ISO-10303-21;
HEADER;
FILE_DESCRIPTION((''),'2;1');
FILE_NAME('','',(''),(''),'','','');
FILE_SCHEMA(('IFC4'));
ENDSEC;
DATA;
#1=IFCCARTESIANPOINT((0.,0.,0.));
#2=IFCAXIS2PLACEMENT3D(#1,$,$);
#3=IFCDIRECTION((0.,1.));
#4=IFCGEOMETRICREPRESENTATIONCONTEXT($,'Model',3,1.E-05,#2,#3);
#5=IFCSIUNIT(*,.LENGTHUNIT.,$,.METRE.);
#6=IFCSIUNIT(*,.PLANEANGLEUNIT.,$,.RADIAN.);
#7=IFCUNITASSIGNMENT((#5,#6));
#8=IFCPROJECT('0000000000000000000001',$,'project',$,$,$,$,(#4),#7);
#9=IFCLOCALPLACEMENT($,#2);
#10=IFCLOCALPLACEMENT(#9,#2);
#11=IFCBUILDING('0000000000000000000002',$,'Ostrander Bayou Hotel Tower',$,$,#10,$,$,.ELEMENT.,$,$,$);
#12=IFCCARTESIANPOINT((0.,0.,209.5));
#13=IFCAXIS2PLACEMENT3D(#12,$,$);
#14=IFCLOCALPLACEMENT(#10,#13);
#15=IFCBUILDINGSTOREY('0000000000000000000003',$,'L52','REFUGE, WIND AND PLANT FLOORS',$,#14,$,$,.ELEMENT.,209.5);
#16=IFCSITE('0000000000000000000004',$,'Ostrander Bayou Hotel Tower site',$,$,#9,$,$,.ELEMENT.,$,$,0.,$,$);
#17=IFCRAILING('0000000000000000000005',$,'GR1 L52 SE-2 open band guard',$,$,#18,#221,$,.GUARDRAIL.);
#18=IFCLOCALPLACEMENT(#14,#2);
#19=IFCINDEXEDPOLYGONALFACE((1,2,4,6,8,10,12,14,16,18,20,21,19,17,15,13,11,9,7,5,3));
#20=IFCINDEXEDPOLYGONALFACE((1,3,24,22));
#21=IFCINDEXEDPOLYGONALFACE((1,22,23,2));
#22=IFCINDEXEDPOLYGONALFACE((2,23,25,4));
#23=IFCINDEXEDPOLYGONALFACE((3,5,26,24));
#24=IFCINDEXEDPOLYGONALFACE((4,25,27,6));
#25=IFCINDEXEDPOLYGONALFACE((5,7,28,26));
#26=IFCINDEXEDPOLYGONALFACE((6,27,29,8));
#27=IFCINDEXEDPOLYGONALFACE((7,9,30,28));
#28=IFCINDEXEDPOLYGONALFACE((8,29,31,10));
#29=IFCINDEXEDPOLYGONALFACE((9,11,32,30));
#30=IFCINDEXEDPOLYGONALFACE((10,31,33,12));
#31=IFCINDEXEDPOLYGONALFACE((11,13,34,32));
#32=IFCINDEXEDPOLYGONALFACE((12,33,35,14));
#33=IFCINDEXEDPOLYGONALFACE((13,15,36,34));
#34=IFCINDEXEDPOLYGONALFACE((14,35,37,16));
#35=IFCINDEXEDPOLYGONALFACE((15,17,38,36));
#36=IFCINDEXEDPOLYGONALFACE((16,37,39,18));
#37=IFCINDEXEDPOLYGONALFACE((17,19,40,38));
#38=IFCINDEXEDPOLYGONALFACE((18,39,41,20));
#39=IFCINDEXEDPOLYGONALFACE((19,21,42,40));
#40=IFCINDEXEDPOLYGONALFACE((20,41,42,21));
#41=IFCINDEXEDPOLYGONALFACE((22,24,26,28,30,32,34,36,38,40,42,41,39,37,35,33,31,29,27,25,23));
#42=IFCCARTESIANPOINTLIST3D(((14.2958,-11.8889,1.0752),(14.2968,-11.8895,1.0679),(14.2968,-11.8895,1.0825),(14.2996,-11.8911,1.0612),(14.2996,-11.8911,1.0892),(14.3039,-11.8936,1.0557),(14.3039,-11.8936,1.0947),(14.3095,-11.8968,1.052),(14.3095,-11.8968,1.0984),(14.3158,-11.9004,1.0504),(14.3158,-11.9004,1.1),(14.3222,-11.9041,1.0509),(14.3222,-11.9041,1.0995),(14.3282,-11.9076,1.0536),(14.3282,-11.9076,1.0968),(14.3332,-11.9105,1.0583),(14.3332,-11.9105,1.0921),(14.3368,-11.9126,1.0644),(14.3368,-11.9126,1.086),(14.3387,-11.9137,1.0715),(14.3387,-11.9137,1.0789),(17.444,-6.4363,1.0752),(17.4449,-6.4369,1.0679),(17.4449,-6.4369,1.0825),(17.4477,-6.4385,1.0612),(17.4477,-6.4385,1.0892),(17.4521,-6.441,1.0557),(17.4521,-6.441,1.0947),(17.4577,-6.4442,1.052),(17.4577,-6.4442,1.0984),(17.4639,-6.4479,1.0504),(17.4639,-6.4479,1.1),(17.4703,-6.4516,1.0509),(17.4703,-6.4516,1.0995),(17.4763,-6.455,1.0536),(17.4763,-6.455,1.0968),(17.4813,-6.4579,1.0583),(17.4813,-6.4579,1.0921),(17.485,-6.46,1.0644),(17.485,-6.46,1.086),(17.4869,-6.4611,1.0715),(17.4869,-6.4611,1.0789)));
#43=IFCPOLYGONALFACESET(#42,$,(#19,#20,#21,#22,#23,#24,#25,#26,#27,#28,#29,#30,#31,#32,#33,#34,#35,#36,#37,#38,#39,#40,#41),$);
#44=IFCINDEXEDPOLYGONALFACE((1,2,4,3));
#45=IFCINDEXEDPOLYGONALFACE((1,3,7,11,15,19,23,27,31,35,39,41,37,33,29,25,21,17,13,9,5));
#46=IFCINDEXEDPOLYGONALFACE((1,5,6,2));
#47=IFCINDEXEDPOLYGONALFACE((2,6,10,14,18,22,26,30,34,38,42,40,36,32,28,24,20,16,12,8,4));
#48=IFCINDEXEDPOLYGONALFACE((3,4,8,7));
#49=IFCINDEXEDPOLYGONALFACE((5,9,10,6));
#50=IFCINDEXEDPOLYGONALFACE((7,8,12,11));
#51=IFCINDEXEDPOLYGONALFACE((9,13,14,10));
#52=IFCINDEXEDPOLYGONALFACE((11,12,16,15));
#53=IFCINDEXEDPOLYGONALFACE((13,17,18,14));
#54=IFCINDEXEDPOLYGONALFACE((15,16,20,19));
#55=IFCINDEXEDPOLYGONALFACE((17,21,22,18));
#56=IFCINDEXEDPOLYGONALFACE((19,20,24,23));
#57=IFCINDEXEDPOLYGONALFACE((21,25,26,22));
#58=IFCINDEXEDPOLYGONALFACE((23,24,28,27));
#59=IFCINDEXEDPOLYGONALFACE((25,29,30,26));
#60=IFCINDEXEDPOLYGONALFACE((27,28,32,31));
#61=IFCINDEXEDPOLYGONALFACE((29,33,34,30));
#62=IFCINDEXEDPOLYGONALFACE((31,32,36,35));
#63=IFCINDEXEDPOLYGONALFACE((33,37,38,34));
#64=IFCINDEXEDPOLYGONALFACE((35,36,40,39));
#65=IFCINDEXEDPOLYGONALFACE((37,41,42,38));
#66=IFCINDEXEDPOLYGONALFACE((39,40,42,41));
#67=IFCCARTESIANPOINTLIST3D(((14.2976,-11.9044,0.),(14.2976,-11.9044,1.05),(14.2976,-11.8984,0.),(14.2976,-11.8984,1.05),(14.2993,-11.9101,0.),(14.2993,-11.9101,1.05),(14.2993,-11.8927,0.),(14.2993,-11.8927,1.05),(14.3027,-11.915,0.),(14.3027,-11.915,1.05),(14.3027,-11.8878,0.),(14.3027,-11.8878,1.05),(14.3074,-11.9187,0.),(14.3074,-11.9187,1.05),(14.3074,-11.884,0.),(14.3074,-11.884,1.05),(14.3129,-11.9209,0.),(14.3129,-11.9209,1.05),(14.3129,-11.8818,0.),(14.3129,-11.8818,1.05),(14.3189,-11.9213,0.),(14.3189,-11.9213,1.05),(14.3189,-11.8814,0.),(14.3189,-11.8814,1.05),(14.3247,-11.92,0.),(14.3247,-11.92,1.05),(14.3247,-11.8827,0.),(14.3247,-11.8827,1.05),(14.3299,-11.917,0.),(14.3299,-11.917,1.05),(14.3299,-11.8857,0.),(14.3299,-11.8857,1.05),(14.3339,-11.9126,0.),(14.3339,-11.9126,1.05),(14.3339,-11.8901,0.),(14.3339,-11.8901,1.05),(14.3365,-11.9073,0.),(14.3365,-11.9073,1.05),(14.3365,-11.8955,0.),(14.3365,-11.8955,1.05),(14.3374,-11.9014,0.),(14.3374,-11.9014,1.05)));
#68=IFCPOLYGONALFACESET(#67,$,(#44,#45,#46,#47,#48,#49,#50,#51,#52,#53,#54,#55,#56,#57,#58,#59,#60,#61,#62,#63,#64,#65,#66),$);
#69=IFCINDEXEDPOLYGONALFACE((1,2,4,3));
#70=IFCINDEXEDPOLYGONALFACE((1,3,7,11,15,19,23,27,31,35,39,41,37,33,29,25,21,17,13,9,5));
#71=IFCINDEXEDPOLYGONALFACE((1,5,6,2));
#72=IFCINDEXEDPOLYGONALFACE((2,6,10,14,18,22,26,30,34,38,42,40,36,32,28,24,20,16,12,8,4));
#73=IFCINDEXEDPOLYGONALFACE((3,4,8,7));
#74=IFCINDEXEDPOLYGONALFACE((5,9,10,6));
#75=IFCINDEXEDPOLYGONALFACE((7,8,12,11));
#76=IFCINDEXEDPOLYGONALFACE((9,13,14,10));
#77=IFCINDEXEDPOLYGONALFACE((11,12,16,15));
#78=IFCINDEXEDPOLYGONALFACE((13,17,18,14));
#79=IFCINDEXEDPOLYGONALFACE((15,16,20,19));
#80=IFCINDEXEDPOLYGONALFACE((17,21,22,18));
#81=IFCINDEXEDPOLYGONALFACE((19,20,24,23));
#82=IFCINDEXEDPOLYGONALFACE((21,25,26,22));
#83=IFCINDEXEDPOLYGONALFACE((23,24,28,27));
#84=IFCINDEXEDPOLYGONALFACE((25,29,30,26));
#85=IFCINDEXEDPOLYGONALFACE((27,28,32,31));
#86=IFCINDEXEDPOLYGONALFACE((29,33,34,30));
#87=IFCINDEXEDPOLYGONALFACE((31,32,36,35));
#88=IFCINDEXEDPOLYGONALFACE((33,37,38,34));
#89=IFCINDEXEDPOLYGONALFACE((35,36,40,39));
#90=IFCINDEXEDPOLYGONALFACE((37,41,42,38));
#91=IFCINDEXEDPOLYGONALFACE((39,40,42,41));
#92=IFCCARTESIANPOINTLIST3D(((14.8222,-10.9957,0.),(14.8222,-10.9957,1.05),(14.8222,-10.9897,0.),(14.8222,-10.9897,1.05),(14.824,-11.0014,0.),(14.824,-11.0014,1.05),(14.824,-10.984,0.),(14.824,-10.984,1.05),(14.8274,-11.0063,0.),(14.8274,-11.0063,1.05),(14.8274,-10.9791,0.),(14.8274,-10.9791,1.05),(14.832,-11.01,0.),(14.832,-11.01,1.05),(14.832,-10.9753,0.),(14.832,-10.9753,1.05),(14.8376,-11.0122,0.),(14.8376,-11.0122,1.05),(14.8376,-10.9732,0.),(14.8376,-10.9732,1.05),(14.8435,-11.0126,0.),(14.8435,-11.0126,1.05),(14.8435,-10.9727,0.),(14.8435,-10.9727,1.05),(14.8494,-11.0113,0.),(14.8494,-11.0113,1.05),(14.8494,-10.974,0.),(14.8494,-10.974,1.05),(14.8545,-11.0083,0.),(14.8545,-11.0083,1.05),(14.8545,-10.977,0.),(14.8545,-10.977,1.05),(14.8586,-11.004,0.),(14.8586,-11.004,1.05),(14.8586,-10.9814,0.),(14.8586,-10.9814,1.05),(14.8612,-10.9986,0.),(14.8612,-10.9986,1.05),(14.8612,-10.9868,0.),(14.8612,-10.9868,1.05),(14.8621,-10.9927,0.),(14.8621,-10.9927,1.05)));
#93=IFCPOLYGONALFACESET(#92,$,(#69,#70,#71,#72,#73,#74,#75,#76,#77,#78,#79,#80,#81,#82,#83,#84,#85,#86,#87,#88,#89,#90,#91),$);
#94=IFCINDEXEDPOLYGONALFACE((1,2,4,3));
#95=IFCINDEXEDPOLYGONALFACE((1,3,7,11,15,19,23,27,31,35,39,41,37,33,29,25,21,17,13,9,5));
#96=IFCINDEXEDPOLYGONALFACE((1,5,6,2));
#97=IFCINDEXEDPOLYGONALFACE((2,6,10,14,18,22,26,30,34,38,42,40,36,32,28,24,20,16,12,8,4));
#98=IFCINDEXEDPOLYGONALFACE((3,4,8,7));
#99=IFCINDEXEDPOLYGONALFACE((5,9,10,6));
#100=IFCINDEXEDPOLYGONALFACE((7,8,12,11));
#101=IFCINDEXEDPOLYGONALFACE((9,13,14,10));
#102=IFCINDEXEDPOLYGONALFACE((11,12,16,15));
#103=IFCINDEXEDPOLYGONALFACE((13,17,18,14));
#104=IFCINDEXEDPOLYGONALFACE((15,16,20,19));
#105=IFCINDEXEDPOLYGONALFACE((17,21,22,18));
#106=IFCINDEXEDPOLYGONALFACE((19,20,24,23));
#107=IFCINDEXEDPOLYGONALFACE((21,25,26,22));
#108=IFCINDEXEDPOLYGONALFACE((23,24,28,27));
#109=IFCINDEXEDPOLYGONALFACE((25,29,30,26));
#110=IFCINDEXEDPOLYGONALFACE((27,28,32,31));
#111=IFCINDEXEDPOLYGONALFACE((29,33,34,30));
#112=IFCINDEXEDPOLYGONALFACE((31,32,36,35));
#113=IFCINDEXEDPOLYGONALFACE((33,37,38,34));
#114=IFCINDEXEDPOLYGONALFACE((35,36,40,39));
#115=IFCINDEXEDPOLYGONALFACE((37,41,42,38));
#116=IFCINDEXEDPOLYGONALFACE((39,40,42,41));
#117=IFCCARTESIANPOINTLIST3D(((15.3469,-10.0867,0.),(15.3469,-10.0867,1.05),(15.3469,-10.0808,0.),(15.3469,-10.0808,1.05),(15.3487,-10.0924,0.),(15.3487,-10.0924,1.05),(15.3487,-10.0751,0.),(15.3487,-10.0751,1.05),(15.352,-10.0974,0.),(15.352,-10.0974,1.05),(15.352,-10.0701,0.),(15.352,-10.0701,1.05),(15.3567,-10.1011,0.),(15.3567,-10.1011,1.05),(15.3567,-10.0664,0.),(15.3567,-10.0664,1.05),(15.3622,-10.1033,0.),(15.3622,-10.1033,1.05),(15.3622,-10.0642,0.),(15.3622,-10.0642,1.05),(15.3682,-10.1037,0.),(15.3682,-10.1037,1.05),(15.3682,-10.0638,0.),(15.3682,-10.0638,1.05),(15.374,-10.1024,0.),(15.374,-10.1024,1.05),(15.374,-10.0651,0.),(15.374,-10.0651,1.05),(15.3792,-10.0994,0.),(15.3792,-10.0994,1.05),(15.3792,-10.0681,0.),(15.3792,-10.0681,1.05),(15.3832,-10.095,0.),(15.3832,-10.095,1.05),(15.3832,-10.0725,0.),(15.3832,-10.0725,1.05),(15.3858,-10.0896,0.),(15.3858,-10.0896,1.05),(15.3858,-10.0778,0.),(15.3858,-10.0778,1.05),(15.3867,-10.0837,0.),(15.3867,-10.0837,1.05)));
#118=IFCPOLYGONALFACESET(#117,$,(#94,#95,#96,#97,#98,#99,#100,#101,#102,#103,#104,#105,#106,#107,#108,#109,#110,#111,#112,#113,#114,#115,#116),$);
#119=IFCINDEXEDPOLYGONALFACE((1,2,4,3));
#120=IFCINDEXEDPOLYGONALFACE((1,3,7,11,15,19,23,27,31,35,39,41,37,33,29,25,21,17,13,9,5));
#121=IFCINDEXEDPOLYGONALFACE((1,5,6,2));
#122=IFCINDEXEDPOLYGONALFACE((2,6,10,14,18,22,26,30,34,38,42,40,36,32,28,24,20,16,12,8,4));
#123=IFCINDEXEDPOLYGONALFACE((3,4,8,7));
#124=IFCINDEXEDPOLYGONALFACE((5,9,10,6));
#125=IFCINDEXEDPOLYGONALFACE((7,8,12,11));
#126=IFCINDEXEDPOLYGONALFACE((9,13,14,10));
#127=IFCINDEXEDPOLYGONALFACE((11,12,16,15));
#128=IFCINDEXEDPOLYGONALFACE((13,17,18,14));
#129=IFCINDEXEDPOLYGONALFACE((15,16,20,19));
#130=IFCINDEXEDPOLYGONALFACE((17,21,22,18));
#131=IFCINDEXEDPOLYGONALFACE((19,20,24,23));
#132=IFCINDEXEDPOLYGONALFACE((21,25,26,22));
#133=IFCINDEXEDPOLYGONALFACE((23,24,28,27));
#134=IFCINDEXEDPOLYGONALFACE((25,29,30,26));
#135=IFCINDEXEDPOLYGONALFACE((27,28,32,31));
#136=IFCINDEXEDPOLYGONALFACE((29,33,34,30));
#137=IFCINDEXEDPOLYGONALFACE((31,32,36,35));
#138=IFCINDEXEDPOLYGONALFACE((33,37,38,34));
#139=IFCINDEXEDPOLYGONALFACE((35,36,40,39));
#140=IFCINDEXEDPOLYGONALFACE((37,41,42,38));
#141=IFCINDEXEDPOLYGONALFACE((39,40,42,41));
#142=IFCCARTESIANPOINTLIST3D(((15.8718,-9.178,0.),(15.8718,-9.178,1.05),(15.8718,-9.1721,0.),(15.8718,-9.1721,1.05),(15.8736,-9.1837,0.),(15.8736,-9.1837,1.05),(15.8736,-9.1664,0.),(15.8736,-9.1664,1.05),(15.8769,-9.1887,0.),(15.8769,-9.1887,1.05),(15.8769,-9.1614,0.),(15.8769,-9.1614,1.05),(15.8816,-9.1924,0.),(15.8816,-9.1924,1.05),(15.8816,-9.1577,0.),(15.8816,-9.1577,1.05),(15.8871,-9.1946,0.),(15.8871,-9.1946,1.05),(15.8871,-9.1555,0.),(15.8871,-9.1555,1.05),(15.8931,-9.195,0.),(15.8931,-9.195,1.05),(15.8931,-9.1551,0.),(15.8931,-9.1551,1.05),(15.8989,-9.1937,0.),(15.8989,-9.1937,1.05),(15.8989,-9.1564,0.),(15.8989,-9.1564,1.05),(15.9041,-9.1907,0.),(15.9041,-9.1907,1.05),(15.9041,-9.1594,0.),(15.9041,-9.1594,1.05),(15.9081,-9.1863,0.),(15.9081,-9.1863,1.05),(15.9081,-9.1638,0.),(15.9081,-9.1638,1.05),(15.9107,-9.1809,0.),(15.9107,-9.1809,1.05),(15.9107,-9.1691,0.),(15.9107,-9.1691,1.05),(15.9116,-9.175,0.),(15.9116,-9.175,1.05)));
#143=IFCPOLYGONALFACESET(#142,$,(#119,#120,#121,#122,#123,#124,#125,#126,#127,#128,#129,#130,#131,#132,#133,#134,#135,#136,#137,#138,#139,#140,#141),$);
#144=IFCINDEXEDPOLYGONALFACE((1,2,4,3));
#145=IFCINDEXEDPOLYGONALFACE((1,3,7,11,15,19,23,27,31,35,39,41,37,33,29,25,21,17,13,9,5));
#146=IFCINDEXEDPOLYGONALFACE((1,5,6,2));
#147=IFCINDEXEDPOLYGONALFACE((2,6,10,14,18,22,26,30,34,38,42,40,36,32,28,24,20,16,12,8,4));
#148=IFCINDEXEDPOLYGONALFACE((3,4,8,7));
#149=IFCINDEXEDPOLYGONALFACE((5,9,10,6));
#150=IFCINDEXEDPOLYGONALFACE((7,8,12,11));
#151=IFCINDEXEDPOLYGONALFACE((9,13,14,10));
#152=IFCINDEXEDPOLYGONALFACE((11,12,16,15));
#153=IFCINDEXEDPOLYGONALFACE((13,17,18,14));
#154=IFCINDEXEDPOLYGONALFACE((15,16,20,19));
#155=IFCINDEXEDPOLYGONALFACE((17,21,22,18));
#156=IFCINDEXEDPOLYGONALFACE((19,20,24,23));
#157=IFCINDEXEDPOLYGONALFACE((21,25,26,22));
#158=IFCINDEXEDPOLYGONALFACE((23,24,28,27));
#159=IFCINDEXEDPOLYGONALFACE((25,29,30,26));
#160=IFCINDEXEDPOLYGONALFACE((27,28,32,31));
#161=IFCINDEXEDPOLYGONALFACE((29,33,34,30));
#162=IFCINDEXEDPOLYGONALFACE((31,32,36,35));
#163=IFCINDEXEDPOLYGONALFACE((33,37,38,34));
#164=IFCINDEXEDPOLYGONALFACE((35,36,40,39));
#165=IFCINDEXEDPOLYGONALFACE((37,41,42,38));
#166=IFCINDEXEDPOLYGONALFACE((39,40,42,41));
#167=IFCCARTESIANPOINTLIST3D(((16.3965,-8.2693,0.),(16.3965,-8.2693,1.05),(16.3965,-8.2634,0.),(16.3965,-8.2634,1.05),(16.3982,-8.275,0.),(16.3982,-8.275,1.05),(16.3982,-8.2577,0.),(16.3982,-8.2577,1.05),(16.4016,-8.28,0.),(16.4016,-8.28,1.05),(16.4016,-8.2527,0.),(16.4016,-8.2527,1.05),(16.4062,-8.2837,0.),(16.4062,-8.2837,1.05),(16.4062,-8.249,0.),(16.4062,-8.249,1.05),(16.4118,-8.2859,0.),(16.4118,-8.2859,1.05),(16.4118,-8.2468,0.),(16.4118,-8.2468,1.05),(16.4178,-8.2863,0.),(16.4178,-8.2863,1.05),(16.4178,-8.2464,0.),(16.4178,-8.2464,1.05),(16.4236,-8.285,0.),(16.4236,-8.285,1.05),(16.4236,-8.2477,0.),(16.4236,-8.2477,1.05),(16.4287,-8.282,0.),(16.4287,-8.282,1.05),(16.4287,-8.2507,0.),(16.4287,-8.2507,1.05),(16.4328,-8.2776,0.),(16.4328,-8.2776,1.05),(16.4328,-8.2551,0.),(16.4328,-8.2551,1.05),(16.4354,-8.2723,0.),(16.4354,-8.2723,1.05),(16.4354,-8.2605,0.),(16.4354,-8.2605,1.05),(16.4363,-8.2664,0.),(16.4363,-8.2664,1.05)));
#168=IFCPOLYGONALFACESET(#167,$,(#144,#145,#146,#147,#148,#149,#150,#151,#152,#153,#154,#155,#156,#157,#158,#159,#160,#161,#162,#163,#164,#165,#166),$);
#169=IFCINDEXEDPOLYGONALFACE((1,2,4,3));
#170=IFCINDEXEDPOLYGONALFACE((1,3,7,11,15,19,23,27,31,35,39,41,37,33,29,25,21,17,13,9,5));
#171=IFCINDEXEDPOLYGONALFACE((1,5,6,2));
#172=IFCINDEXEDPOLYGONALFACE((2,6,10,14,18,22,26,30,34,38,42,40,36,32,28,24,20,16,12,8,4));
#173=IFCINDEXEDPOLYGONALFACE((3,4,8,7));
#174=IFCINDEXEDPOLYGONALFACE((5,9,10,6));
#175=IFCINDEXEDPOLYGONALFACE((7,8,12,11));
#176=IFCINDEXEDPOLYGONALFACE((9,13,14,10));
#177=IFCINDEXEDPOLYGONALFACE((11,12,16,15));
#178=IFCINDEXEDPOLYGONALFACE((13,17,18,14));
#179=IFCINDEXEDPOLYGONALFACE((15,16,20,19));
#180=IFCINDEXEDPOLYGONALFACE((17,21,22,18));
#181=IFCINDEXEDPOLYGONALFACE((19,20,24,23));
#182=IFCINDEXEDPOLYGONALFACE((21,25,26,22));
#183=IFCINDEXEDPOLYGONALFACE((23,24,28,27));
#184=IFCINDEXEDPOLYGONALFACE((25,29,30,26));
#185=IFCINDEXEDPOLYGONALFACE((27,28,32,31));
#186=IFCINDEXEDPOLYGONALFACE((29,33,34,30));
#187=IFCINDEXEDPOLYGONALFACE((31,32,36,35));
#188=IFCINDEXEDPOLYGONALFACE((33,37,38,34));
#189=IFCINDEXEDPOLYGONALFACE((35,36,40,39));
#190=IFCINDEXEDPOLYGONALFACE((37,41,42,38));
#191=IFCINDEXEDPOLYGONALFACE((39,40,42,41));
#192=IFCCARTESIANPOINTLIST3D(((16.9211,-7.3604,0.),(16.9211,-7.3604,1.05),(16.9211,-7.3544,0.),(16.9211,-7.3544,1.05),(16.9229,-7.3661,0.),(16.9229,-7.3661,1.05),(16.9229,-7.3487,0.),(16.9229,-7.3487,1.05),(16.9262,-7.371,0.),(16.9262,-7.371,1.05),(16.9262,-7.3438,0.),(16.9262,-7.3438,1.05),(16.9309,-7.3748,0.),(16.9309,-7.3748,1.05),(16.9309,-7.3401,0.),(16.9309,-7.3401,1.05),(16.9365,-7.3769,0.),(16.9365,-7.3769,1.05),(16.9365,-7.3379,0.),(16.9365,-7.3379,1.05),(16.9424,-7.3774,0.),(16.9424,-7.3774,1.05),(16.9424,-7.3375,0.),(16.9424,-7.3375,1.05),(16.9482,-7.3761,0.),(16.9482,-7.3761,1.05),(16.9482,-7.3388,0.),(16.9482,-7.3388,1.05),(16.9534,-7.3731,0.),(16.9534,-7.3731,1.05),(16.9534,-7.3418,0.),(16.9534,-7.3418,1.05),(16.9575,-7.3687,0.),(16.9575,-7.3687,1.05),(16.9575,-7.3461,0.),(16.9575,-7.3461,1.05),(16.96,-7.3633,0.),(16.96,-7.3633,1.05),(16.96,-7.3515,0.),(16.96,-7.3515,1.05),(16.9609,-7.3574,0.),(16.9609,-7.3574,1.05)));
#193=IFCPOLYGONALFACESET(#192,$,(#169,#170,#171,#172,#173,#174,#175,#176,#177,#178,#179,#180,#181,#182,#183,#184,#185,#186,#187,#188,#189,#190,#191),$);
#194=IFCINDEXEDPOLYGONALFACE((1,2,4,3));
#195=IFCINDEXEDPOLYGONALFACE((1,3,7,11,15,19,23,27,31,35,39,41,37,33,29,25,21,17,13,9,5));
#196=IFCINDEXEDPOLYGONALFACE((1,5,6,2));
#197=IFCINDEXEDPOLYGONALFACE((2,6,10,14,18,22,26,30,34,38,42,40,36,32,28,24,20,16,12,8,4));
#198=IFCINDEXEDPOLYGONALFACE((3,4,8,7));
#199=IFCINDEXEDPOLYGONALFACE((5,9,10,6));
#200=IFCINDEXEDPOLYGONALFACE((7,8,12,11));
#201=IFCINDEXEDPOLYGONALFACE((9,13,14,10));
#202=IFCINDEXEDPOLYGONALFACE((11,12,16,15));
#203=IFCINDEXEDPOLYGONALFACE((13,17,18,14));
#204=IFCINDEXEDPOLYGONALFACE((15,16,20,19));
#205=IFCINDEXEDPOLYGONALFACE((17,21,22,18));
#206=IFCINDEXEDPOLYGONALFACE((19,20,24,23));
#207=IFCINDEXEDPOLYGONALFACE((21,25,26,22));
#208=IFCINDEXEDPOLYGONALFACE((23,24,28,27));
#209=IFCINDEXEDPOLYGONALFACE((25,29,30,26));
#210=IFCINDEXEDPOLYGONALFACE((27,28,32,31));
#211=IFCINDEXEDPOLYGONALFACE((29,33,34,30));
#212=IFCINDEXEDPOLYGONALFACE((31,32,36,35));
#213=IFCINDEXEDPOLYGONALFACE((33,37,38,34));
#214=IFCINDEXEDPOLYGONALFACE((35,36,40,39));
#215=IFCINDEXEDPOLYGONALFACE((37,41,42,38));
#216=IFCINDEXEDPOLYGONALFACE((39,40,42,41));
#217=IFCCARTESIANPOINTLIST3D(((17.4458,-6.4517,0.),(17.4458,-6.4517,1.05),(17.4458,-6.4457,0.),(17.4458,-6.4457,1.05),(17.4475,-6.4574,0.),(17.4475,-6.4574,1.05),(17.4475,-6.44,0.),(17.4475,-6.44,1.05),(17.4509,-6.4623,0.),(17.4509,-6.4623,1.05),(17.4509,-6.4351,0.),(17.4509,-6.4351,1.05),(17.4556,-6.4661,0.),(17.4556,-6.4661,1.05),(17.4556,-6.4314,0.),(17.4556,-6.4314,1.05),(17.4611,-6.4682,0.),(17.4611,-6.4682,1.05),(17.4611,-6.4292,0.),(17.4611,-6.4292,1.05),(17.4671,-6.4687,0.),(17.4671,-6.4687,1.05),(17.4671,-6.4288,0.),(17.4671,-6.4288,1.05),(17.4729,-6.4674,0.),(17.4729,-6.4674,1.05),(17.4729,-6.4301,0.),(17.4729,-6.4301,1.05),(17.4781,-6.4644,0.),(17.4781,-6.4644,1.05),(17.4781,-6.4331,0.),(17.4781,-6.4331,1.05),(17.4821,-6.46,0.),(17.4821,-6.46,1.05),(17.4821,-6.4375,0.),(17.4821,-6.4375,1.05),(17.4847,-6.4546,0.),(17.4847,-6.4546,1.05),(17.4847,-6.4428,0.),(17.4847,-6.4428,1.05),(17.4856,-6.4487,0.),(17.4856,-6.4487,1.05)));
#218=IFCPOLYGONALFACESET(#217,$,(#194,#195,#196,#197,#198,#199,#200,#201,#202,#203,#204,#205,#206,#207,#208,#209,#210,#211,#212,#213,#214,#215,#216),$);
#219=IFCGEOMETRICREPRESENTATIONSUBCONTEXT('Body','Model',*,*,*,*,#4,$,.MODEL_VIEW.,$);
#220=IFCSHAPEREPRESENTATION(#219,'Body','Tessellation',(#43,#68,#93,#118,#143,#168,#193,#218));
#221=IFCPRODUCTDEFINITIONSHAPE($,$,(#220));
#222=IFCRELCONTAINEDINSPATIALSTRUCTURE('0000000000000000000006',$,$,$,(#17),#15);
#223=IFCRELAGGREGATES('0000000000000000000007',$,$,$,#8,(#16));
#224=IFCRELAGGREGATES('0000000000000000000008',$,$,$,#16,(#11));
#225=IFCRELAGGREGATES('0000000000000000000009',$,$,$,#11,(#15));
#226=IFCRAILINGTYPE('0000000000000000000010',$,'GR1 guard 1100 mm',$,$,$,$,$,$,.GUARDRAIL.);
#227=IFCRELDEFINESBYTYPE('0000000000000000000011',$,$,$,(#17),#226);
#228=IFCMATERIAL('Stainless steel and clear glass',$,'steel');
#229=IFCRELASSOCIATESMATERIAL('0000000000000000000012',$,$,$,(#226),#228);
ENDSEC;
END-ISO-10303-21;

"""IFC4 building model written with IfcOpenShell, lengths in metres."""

from ifc_helpers import new_model, si_unit, direction, frame, origin, origin_2d, place, context, subcontext, project, spatial, circle, extrude, material, type_object, element, save


model = new_model("IFC4")

# Units and contexts
model_context = context("Model", 3, precision=1e-05, world=origin(), true_north=direction((0.0, 1.0)))
body_context = subcontext(model_context, "Body", "Model", "MODEL_VIEW")
ifc_project = project(units=[si_unit("LENGTHUNIT", "METRE"), si_unit("PLANEANGLEUNIT", "RADIAN")], contexts=[model_context])

# Site, building, storey
site_placement = place(None, origin())
site = spatial("IfcSite", under=ifc_project, at=site_placement, Name="Ostrander Bayou Hotel Tower site", CompositionType="ELEMENT", RefElevation=0.0)
building_placement = place(site_placement, origin())
building = spatial("IfcBuilding", under=site, at=building_placement, Name="Ostrander Bayou Hotel Tower", CompositionType="ELEMENT")
storey_placement = place(building_placement, frame((0.0, 0.0, 209.5)))
storey = spatial("IfcBuildingStorey", under=building, at=storey_placement, Name="L52", Description="REFUGE, WIND AND PLANT FLOORS", CompositionType="ELEMENT", Elevation=209.5)

# Railing
ifc_material_1 = material(Name="Stainless steel and clear glass", Category="steel")
railing_type = type_object("IfcRailingType", Name="GR1 guard 1100 mm", PredefinedType="GUARDRAIL", material=ifc_material_1)
railing_1_placement = place(storey_placement, frame((14.3174, -11.9014, 0.0)))
element("IfcRailing", 1, at=railing_1_placement, inside=storey, type_object=railing_type, Name="GR1 L52 SE-2 open band guard", PredefinedType="GUARDRAIL", context=body_context, shape_type="SweptSolid", body=[
    extrude(circle(Radius=0.0249, at=origin_2d()), frame((0.0, 0.0, 1.0752), z_axis=(0.500013, 0.866018, 0.0), x_axis=(-0.866018, 0.500013, 0.0)), (0.0, 0.0, 1.0), 6.2961),
    extrude(circle(Radius=0.02, at=origin_2d()), origin(), (0.0, 0.0, 1.0), 1.05),
    extrude(circle(Radius=0.02, at=origin_2d()), frame((0.5247, 0.9087, 0.0)), (0.0, 0.0, 1.0), 1.05),
    extrude(circle(Radius=0.02, at=origin_2d()), frame((1.0493, 1.8176, 0.0)), (0.0, 0.0, 1.0), 1.05),
    extrude(circle(Radius=0.02, at=origin_2d()), frame((1.5742, 2.7263, 0.0)), (0.0, 0.0, 1.0), 1.05),
    extrude(circle(Radius=0.02, at=origin_2d()), frame((2.0989, 3.635, 0.0)), (0.0, 0.0, 1.0), 1.05),
    extrude(circle(Radius=0.02, at=origin_2d()), frame((2.6235, 4.5439, 0.0)), (0.0, 0.0, 1.0), 1.05),
    extrude(circle(Radius=0.02, at=origin_2d()), frame((3.1482, 5.4526, 0.0)), (0.0, 0.0, 1.0), 1.05),
])

save(model, "model.ifc")
